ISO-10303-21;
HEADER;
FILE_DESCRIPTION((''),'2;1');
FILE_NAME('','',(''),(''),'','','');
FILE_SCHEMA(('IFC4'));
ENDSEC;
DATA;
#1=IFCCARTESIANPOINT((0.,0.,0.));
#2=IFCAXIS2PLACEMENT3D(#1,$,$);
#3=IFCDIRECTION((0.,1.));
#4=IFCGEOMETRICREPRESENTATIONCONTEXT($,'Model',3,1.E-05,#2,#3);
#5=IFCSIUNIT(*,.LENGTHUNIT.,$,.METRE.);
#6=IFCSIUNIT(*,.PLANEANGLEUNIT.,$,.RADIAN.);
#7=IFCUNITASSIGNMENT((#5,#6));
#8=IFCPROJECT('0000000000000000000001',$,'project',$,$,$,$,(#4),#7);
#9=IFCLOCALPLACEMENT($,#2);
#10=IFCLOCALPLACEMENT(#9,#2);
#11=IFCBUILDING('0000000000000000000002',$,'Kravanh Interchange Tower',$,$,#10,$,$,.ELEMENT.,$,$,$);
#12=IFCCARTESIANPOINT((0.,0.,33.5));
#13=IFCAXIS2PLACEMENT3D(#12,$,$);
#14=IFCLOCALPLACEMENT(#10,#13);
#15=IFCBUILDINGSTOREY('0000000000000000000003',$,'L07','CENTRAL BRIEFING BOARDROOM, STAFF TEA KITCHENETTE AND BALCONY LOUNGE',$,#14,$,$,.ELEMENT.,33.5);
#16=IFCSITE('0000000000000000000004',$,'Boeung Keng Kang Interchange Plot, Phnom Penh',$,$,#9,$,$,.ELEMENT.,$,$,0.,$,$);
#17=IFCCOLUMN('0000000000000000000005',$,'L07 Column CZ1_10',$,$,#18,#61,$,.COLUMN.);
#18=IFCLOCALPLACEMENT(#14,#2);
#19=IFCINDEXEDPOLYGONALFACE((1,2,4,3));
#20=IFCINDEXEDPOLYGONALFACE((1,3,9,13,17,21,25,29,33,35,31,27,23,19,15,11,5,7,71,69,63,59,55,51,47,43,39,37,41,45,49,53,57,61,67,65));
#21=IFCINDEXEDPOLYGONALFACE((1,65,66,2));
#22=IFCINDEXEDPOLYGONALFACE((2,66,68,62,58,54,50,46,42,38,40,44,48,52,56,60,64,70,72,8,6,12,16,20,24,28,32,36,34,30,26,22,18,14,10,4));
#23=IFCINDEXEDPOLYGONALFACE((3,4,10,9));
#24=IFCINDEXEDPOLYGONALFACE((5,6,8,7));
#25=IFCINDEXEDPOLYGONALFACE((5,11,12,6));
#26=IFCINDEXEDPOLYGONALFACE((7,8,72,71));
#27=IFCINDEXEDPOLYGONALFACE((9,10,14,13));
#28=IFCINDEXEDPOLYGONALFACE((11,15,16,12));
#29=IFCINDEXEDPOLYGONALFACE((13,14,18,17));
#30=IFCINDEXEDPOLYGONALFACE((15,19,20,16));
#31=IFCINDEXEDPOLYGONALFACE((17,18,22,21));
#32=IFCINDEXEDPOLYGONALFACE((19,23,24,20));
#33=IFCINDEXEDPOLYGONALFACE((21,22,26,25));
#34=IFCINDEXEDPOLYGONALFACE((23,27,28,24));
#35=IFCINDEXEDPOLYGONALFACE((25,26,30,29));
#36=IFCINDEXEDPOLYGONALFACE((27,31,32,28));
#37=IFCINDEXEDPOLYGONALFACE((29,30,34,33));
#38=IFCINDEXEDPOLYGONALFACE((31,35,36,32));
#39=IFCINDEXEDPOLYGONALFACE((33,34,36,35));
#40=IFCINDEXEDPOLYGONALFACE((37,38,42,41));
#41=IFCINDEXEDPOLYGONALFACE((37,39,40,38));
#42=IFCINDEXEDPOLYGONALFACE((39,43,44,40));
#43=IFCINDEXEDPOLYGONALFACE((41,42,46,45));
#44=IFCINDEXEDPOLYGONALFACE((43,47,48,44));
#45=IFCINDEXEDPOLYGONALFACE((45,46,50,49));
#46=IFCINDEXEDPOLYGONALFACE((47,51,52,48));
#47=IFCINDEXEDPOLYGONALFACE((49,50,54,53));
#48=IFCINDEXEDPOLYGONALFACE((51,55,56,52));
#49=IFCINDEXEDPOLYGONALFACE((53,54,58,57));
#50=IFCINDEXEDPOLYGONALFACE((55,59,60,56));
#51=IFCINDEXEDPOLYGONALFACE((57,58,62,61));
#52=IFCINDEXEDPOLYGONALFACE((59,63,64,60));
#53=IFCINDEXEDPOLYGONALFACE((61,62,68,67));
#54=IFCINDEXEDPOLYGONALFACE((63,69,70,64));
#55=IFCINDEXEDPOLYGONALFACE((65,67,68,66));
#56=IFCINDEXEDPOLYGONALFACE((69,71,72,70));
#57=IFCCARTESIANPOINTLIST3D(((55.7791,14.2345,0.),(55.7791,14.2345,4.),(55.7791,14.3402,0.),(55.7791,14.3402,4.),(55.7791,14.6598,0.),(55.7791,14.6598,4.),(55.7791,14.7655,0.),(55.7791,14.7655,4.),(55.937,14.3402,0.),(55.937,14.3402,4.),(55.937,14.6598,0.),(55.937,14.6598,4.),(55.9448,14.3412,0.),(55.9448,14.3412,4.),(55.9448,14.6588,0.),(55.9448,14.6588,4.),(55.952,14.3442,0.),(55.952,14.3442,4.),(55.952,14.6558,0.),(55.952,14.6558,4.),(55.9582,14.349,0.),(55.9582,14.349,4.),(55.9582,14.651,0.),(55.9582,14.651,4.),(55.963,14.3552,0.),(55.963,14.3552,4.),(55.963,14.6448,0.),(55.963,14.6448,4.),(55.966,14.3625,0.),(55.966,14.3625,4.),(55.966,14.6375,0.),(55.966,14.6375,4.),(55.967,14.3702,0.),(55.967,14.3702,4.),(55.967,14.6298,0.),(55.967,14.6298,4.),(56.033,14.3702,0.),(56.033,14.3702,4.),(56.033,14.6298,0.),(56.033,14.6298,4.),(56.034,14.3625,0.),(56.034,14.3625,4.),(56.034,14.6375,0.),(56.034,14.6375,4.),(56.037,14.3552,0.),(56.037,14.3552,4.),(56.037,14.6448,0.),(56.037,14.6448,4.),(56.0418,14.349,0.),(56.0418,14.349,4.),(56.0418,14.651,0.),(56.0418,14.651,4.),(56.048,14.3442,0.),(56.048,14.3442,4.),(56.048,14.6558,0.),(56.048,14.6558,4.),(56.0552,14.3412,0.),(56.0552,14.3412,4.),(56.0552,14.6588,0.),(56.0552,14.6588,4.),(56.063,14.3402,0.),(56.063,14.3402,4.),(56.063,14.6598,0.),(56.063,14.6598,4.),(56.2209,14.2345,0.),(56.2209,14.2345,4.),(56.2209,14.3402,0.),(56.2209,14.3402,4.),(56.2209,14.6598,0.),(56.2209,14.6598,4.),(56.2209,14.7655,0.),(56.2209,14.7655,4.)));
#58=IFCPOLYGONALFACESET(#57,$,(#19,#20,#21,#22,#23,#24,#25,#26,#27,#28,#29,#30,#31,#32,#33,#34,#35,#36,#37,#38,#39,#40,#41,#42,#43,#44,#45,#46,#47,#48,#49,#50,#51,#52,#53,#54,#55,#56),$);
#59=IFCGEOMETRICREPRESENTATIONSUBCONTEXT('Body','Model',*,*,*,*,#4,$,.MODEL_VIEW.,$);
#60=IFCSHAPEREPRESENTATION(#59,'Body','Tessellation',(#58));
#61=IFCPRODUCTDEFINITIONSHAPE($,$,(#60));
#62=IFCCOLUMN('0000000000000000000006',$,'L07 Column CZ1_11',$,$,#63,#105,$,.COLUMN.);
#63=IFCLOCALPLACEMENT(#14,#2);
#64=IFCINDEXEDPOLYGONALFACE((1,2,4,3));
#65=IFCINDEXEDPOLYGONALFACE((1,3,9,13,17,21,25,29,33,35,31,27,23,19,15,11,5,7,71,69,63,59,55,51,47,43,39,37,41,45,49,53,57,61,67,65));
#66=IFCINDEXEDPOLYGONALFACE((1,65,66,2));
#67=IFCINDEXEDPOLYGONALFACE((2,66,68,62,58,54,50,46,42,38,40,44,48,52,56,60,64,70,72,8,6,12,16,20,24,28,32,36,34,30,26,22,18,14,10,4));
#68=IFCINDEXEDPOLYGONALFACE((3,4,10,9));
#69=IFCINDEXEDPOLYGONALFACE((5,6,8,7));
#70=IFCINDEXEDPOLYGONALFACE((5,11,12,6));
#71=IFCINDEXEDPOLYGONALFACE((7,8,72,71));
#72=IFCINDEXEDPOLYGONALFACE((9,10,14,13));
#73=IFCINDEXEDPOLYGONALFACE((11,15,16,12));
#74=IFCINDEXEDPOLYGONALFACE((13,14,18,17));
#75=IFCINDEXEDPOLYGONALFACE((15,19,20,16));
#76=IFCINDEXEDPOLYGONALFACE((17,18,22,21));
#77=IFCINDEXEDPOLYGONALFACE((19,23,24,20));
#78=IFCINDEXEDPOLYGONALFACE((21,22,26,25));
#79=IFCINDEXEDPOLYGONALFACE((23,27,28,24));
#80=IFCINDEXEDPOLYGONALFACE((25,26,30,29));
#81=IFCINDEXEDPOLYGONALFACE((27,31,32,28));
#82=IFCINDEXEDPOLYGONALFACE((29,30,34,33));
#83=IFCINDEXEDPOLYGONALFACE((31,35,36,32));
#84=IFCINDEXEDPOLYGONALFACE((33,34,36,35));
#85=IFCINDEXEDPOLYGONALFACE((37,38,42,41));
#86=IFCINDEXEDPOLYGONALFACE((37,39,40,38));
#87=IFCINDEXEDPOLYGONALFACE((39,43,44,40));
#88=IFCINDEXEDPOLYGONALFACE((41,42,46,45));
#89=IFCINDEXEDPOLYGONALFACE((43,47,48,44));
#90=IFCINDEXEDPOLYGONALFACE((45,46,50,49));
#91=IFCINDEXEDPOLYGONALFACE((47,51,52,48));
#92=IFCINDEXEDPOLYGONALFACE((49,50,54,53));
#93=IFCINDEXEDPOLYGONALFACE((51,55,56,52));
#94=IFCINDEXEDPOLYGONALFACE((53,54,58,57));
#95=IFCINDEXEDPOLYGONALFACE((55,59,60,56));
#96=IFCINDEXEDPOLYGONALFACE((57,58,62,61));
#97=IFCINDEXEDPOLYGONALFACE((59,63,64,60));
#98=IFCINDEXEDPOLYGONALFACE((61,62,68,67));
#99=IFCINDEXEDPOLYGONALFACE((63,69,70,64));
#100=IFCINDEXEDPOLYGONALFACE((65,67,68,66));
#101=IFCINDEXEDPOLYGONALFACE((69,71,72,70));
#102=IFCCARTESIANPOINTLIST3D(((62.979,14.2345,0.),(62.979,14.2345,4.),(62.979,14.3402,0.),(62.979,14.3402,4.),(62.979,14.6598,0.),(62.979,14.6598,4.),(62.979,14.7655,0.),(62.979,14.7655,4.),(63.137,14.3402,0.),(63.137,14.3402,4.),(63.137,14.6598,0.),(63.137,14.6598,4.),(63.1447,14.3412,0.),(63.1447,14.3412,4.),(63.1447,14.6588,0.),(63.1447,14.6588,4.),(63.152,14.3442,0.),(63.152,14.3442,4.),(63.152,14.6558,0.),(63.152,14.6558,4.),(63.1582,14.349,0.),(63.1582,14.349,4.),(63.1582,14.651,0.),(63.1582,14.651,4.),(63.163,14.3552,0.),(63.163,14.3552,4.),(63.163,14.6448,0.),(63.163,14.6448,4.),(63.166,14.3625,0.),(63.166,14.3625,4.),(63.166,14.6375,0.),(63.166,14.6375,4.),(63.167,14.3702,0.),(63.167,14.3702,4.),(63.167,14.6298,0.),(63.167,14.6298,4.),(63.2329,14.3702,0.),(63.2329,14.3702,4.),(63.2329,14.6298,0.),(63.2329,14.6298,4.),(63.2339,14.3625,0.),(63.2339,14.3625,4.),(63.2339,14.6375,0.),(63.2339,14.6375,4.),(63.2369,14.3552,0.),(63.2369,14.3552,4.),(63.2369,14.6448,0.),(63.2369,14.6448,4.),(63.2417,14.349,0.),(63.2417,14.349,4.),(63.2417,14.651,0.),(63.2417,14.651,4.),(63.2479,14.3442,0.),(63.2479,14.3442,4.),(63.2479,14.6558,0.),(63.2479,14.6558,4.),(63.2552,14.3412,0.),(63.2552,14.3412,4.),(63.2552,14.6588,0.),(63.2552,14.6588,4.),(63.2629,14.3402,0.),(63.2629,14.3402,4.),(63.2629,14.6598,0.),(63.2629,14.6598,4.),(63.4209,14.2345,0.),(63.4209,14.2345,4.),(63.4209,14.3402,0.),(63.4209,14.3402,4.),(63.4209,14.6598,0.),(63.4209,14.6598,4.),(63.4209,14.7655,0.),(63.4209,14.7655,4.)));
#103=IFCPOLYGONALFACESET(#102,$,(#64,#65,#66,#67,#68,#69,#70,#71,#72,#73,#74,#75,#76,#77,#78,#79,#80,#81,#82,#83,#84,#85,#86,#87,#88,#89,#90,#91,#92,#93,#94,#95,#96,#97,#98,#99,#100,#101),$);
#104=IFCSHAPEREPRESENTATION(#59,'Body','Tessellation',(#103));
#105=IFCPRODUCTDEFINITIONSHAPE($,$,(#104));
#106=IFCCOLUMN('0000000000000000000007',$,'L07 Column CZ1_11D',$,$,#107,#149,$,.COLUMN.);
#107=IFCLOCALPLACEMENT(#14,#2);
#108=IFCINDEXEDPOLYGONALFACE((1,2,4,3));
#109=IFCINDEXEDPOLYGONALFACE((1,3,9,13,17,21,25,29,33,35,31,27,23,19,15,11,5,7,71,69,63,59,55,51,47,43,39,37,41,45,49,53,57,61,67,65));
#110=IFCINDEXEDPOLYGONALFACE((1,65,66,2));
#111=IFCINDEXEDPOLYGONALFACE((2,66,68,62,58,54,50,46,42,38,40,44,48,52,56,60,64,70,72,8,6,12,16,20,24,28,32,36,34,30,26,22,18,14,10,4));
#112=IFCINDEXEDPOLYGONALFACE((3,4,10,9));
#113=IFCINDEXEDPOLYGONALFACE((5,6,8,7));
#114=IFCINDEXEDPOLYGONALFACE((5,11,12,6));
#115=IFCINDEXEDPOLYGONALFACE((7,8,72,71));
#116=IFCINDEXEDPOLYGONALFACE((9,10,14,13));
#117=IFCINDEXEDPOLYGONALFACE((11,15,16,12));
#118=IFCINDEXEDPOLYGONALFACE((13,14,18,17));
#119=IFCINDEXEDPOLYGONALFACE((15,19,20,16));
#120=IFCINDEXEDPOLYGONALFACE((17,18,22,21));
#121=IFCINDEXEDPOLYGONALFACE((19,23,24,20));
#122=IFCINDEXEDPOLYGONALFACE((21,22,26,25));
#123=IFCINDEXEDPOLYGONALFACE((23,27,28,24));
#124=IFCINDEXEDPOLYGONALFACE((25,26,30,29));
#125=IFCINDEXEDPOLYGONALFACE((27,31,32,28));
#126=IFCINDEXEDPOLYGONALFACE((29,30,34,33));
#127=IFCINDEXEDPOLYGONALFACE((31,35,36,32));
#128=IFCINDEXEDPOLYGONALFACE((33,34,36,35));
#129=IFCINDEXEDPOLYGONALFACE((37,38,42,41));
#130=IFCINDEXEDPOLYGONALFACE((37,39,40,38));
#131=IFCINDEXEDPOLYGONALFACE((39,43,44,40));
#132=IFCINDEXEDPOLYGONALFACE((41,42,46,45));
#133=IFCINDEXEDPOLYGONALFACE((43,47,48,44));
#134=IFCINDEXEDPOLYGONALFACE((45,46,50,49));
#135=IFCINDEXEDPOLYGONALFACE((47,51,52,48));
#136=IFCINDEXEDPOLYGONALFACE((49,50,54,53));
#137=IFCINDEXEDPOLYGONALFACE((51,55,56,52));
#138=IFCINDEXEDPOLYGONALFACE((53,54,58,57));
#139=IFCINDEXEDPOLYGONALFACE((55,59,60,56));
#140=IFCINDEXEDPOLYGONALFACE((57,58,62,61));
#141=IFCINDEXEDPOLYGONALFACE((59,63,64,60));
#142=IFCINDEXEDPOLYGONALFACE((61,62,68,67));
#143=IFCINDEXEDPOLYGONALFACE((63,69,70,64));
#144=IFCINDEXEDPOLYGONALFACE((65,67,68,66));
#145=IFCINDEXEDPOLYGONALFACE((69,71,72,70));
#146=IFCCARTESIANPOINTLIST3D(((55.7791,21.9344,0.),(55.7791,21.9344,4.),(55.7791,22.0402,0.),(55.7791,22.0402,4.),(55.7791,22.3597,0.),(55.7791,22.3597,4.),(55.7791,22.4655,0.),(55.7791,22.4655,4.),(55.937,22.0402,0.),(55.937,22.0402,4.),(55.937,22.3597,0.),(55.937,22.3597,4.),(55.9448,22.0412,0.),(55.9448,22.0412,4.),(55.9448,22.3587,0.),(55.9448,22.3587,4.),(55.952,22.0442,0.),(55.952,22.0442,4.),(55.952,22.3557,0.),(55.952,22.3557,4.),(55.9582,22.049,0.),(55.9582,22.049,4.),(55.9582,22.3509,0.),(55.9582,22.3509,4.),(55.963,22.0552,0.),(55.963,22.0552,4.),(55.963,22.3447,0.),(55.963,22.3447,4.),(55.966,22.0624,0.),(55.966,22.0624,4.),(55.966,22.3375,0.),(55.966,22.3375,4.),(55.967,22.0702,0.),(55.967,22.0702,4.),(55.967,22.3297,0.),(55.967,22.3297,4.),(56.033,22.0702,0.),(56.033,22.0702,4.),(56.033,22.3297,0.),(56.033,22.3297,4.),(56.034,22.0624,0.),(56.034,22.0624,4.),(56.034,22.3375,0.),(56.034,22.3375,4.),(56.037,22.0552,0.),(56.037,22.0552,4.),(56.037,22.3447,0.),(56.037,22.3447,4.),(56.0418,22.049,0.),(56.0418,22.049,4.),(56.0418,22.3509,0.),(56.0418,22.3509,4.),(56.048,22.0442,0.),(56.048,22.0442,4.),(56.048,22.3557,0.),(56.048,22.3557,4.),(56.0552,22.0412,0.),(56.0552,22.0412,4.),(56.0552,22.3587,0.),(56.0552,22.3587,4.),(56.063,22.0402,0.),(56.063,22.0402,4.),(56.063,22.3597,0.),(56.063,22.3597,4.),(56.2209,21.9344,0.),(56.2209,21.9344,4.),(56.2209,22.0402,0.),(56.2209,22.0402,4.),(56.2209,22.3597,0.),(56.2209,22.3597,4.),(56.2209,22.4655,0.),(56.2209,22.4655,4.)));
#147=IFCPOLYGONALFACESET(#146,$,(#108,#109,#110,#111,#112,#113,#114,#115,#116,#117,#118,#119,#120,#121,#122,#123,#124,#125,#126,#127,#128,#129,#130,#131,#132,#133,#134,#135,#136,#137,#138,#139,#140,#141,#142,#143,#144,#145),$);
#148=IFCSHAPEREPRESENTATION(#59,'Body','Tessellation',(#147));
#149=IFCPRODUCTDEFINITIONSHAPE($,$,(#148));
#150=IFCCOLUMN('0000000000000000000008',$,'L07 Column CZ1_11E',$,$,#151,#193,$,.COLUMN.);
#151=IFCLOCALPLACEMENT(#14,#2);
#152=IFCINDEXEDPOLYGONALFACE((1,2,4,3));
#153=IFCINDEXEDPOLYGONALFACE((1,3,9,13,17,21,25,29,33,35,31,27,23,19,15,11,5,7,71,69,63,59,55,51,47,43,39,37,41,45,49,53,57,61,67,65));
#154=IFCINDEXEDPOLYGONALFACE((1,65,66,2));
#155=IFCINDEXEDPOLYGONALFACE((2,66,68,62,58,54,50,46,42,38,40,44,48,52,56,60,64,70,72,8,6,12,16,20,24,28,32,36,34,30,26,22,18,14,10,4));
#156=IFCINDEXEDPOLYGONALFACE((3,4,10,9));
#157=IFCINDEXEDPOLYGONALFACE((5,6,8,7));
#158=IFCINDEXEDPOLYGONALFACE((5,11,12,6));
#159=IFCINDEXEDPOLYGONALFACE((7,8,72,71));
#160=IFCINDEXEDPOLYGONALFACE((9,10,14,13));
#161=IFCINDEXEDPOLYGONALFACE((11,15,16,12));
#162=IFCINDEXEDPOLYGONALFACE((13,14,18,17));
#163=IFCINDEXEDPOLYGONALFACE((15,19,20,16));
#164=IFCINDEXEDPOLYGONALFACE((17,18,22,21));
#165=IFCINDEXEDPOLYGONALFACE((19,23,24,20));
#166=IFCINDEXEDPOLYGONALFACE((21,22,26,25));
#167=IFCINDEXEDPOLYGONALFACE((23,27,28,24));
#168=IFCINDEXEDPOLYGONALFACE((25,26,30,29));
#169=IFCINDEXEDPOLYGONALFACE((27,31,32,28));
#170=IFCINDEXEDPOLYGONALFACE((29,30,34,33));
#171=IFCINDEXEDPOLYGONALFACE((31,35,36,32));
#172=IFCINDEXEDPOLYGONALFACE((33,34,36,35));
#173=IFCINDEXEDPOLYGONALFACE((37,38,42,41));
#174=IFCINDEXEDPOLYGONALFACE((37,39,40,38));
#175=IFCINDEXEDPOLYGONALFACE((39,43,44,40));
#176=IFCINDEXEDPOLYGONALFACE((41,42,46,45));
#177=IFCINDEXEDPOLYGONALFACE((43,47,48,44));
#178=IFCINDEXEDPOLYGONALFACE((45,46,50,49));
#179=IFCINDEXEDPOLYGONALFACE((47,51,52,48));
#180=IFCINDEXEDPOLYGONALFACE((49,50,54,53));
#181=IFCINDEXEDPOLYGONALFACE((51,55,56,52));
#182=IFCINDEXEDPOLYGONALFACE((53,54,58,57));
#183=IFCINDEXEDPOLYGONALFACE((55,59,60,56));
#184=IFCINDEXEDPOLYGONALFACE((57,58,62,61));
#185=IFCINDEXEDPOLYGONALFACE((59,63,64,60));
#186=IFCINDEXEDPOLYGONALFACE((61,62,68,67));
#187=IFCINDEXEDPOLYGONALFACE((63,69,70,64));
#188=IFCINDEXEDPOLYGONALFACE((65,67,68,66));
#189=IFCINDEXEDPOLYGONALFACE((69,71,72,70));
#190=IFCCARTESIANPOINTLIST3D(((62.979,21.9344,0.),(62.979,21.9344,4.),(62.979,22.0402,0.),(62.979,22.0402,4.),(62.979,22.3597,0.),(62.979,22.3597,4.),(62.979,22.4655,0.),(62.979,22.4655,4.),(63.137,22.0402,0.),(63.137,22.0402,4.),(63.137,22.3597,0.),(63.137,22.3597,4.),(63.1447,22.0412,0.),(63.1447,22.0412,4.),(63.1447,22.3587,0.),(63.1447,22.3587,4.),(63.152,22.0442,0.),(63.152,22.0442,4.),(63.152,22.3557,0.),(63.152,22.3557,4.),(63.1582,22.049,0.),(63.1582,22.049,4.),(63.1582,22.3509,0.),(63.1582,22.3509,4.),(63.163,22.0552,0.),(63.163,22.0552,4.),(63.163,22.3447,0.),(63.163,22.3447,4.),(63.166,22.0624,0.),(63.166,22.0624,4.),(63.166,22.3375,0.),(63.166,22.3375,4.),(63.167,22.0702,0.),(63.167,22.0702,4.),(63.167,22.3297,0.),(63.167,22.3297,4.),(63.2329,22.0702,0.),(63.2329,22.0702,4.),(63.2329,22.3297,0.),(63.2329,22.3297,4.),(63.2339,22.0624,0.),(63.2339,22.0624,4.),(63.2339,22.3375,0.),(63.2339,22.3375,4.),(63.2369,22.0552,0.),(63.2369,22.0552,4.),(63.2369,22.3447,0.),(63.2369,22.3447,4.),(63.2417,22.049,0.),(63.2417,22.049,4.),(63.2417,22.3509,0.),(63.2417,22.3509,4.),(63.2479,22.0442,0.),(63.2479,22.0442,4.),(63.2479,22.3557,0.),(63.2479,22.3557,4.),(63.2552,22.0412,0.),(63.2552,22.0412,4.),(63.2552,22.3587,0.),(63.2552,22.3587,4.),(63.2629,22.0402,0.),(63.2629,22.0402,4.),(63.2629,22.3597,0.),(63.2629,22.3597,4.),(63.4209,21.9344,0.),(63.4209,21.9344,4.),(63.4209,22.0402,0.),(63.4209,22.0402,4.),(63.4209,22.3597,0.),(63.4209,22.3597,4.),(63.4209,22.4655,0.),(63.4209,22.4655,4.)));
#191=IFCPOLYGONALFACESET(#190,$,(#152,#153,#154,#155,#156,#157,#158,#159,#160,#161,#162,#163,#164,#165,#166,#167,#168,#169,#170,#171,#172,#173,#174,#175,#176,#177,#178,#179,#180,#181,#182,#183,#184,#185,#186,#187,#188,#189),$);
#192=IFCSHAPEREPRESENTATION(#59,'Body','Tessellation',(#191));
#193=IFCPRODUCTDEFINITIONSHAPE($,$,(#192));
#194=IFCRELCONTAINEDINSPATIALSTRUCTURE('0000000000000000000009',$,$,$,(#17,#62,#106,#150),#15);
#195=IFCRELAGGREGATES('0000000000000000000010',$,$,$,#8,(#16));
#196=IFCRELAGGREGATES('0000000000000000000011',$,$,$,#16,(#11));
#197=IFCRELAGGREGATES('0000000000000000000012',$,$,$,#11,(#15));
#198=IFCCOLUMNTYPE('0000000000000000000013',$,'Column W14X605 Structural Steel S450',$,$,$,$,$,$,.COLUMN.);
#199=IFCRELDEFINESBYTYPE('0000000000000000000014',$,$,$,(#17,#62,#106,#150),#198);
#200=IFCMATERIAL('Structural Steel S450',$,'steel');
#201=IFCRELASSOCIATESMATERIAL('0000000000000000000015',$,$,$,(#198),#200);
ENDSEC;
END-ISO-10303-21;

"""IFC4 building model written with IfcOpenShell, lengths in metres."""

from ifc_helpers import new_model, si_unit, direction, frame, origin, origin_2d, place, context, subcontext, project, spatial, i_section, extrude, material, material_profile, profile_set, type_object, element, save


model = new_model("IFC4")

# Units and contexts
model_context = context("Model", 3, precision=1e-05, world=origin(), true_north=direction((0.0, 1.0)))
body_context = subcontext(model_context, "Body", "Model", "MODEL_VIEW")
ifc_project = project(units=[si_unit("LENGTHUNIT", "METRE"), si_unit("PLANEANGLEUNIT", "RADIAN")], contexts=[model_context])

# Site, building, storey
site_placement = place(None, origin())
site = spatial("IfcSite", under=ifc_project, at=site_placement, Name="Boeung Keng Kang Interchange Plot, Phnom Penh", CompositionType="ELEMENT", RefElevation=0.0)
building_placement = place(site_placement, origin())
building = spatial("IfcBuilding", under=site, at=building_placement, Name="Kravanh Interchange Tower", CompositionType="ELEMENT")
storey_placement = place(building_placement, frame((0.0, 0.0, 33.5)))
storey = spatial("IfcBuildingStorey", under=building, at=storey_placement, Name="L07", Description="CENTRAL BRIEFING BOARDROOM, STAFF TEA KITCHENETTE AND BALCONY LOUNGE", CompositionType="ELEMENT", Elevation=33.5)

# Columns
ifc_material_1 = material(Name="Structural Steel S450", Category="steel")
ifc_material_profile_1 = material_profile(ifc_material_1, i_section(OverallWidth=0.4419, OverallDepth=0.531, WebThickness=0.0659, FlangeThickness=0.1057, FilletRadius=0.03, at=origin_2d()), Name="W14X605")
ifc_profile_set_1 = profile_set([ifc_material_profile_1], Name="Structural Steel S450")
column_type = type_object("IfcColumnType", Name="Column W14X605 Structural Steel S450", PredefinedType="COLUMN", material=ifc_profile_set_1)
for number, where, z_axis, x_axis, name in (
    (1, (56.0, 14.5, 0.0), (0.0, 0.0, 1.0), (1.0, 0.0, 0.0), "L07 Column CZ1_10"),
    (2, (63.2, 14.5, 0.0), (0.0, 0.0, 1.0), (1.0, 0.0, 0.0), "L07 Column CZ1_11"),
    (3, (56.0, 22.2, 0.0), (0.0, 0.0, 1.0), (1.0, 0.0, 0.0), "L07 Column CZ1_11D"),
    (4, (63.2, 22.2, 0.0), (0.0, 0.0, 1.0), (1.0, 0.0, 0.0), "L07 Column CZ1_11E"),
):
    element("IfcColumn", number, at=place(storey_placement, frame(where, z_axis=z_axis, x_axis=x_axis)), inside=storey, type_object=column_type, Name=name, PredefinedType="COLUMN", context=body_context, shape_type="SweptSolid", body=[
        extrude(i_section(OverallWidth=0.4419, OverallDepth=0.531, WebThickness=0.0659, FlangeThickness=0.1057, FilletRadius=0.03, at=origin_2d()), origin(), (0.0, 0.0, 1.0), 4.0),
    ])

save(model, "model.ifc")
